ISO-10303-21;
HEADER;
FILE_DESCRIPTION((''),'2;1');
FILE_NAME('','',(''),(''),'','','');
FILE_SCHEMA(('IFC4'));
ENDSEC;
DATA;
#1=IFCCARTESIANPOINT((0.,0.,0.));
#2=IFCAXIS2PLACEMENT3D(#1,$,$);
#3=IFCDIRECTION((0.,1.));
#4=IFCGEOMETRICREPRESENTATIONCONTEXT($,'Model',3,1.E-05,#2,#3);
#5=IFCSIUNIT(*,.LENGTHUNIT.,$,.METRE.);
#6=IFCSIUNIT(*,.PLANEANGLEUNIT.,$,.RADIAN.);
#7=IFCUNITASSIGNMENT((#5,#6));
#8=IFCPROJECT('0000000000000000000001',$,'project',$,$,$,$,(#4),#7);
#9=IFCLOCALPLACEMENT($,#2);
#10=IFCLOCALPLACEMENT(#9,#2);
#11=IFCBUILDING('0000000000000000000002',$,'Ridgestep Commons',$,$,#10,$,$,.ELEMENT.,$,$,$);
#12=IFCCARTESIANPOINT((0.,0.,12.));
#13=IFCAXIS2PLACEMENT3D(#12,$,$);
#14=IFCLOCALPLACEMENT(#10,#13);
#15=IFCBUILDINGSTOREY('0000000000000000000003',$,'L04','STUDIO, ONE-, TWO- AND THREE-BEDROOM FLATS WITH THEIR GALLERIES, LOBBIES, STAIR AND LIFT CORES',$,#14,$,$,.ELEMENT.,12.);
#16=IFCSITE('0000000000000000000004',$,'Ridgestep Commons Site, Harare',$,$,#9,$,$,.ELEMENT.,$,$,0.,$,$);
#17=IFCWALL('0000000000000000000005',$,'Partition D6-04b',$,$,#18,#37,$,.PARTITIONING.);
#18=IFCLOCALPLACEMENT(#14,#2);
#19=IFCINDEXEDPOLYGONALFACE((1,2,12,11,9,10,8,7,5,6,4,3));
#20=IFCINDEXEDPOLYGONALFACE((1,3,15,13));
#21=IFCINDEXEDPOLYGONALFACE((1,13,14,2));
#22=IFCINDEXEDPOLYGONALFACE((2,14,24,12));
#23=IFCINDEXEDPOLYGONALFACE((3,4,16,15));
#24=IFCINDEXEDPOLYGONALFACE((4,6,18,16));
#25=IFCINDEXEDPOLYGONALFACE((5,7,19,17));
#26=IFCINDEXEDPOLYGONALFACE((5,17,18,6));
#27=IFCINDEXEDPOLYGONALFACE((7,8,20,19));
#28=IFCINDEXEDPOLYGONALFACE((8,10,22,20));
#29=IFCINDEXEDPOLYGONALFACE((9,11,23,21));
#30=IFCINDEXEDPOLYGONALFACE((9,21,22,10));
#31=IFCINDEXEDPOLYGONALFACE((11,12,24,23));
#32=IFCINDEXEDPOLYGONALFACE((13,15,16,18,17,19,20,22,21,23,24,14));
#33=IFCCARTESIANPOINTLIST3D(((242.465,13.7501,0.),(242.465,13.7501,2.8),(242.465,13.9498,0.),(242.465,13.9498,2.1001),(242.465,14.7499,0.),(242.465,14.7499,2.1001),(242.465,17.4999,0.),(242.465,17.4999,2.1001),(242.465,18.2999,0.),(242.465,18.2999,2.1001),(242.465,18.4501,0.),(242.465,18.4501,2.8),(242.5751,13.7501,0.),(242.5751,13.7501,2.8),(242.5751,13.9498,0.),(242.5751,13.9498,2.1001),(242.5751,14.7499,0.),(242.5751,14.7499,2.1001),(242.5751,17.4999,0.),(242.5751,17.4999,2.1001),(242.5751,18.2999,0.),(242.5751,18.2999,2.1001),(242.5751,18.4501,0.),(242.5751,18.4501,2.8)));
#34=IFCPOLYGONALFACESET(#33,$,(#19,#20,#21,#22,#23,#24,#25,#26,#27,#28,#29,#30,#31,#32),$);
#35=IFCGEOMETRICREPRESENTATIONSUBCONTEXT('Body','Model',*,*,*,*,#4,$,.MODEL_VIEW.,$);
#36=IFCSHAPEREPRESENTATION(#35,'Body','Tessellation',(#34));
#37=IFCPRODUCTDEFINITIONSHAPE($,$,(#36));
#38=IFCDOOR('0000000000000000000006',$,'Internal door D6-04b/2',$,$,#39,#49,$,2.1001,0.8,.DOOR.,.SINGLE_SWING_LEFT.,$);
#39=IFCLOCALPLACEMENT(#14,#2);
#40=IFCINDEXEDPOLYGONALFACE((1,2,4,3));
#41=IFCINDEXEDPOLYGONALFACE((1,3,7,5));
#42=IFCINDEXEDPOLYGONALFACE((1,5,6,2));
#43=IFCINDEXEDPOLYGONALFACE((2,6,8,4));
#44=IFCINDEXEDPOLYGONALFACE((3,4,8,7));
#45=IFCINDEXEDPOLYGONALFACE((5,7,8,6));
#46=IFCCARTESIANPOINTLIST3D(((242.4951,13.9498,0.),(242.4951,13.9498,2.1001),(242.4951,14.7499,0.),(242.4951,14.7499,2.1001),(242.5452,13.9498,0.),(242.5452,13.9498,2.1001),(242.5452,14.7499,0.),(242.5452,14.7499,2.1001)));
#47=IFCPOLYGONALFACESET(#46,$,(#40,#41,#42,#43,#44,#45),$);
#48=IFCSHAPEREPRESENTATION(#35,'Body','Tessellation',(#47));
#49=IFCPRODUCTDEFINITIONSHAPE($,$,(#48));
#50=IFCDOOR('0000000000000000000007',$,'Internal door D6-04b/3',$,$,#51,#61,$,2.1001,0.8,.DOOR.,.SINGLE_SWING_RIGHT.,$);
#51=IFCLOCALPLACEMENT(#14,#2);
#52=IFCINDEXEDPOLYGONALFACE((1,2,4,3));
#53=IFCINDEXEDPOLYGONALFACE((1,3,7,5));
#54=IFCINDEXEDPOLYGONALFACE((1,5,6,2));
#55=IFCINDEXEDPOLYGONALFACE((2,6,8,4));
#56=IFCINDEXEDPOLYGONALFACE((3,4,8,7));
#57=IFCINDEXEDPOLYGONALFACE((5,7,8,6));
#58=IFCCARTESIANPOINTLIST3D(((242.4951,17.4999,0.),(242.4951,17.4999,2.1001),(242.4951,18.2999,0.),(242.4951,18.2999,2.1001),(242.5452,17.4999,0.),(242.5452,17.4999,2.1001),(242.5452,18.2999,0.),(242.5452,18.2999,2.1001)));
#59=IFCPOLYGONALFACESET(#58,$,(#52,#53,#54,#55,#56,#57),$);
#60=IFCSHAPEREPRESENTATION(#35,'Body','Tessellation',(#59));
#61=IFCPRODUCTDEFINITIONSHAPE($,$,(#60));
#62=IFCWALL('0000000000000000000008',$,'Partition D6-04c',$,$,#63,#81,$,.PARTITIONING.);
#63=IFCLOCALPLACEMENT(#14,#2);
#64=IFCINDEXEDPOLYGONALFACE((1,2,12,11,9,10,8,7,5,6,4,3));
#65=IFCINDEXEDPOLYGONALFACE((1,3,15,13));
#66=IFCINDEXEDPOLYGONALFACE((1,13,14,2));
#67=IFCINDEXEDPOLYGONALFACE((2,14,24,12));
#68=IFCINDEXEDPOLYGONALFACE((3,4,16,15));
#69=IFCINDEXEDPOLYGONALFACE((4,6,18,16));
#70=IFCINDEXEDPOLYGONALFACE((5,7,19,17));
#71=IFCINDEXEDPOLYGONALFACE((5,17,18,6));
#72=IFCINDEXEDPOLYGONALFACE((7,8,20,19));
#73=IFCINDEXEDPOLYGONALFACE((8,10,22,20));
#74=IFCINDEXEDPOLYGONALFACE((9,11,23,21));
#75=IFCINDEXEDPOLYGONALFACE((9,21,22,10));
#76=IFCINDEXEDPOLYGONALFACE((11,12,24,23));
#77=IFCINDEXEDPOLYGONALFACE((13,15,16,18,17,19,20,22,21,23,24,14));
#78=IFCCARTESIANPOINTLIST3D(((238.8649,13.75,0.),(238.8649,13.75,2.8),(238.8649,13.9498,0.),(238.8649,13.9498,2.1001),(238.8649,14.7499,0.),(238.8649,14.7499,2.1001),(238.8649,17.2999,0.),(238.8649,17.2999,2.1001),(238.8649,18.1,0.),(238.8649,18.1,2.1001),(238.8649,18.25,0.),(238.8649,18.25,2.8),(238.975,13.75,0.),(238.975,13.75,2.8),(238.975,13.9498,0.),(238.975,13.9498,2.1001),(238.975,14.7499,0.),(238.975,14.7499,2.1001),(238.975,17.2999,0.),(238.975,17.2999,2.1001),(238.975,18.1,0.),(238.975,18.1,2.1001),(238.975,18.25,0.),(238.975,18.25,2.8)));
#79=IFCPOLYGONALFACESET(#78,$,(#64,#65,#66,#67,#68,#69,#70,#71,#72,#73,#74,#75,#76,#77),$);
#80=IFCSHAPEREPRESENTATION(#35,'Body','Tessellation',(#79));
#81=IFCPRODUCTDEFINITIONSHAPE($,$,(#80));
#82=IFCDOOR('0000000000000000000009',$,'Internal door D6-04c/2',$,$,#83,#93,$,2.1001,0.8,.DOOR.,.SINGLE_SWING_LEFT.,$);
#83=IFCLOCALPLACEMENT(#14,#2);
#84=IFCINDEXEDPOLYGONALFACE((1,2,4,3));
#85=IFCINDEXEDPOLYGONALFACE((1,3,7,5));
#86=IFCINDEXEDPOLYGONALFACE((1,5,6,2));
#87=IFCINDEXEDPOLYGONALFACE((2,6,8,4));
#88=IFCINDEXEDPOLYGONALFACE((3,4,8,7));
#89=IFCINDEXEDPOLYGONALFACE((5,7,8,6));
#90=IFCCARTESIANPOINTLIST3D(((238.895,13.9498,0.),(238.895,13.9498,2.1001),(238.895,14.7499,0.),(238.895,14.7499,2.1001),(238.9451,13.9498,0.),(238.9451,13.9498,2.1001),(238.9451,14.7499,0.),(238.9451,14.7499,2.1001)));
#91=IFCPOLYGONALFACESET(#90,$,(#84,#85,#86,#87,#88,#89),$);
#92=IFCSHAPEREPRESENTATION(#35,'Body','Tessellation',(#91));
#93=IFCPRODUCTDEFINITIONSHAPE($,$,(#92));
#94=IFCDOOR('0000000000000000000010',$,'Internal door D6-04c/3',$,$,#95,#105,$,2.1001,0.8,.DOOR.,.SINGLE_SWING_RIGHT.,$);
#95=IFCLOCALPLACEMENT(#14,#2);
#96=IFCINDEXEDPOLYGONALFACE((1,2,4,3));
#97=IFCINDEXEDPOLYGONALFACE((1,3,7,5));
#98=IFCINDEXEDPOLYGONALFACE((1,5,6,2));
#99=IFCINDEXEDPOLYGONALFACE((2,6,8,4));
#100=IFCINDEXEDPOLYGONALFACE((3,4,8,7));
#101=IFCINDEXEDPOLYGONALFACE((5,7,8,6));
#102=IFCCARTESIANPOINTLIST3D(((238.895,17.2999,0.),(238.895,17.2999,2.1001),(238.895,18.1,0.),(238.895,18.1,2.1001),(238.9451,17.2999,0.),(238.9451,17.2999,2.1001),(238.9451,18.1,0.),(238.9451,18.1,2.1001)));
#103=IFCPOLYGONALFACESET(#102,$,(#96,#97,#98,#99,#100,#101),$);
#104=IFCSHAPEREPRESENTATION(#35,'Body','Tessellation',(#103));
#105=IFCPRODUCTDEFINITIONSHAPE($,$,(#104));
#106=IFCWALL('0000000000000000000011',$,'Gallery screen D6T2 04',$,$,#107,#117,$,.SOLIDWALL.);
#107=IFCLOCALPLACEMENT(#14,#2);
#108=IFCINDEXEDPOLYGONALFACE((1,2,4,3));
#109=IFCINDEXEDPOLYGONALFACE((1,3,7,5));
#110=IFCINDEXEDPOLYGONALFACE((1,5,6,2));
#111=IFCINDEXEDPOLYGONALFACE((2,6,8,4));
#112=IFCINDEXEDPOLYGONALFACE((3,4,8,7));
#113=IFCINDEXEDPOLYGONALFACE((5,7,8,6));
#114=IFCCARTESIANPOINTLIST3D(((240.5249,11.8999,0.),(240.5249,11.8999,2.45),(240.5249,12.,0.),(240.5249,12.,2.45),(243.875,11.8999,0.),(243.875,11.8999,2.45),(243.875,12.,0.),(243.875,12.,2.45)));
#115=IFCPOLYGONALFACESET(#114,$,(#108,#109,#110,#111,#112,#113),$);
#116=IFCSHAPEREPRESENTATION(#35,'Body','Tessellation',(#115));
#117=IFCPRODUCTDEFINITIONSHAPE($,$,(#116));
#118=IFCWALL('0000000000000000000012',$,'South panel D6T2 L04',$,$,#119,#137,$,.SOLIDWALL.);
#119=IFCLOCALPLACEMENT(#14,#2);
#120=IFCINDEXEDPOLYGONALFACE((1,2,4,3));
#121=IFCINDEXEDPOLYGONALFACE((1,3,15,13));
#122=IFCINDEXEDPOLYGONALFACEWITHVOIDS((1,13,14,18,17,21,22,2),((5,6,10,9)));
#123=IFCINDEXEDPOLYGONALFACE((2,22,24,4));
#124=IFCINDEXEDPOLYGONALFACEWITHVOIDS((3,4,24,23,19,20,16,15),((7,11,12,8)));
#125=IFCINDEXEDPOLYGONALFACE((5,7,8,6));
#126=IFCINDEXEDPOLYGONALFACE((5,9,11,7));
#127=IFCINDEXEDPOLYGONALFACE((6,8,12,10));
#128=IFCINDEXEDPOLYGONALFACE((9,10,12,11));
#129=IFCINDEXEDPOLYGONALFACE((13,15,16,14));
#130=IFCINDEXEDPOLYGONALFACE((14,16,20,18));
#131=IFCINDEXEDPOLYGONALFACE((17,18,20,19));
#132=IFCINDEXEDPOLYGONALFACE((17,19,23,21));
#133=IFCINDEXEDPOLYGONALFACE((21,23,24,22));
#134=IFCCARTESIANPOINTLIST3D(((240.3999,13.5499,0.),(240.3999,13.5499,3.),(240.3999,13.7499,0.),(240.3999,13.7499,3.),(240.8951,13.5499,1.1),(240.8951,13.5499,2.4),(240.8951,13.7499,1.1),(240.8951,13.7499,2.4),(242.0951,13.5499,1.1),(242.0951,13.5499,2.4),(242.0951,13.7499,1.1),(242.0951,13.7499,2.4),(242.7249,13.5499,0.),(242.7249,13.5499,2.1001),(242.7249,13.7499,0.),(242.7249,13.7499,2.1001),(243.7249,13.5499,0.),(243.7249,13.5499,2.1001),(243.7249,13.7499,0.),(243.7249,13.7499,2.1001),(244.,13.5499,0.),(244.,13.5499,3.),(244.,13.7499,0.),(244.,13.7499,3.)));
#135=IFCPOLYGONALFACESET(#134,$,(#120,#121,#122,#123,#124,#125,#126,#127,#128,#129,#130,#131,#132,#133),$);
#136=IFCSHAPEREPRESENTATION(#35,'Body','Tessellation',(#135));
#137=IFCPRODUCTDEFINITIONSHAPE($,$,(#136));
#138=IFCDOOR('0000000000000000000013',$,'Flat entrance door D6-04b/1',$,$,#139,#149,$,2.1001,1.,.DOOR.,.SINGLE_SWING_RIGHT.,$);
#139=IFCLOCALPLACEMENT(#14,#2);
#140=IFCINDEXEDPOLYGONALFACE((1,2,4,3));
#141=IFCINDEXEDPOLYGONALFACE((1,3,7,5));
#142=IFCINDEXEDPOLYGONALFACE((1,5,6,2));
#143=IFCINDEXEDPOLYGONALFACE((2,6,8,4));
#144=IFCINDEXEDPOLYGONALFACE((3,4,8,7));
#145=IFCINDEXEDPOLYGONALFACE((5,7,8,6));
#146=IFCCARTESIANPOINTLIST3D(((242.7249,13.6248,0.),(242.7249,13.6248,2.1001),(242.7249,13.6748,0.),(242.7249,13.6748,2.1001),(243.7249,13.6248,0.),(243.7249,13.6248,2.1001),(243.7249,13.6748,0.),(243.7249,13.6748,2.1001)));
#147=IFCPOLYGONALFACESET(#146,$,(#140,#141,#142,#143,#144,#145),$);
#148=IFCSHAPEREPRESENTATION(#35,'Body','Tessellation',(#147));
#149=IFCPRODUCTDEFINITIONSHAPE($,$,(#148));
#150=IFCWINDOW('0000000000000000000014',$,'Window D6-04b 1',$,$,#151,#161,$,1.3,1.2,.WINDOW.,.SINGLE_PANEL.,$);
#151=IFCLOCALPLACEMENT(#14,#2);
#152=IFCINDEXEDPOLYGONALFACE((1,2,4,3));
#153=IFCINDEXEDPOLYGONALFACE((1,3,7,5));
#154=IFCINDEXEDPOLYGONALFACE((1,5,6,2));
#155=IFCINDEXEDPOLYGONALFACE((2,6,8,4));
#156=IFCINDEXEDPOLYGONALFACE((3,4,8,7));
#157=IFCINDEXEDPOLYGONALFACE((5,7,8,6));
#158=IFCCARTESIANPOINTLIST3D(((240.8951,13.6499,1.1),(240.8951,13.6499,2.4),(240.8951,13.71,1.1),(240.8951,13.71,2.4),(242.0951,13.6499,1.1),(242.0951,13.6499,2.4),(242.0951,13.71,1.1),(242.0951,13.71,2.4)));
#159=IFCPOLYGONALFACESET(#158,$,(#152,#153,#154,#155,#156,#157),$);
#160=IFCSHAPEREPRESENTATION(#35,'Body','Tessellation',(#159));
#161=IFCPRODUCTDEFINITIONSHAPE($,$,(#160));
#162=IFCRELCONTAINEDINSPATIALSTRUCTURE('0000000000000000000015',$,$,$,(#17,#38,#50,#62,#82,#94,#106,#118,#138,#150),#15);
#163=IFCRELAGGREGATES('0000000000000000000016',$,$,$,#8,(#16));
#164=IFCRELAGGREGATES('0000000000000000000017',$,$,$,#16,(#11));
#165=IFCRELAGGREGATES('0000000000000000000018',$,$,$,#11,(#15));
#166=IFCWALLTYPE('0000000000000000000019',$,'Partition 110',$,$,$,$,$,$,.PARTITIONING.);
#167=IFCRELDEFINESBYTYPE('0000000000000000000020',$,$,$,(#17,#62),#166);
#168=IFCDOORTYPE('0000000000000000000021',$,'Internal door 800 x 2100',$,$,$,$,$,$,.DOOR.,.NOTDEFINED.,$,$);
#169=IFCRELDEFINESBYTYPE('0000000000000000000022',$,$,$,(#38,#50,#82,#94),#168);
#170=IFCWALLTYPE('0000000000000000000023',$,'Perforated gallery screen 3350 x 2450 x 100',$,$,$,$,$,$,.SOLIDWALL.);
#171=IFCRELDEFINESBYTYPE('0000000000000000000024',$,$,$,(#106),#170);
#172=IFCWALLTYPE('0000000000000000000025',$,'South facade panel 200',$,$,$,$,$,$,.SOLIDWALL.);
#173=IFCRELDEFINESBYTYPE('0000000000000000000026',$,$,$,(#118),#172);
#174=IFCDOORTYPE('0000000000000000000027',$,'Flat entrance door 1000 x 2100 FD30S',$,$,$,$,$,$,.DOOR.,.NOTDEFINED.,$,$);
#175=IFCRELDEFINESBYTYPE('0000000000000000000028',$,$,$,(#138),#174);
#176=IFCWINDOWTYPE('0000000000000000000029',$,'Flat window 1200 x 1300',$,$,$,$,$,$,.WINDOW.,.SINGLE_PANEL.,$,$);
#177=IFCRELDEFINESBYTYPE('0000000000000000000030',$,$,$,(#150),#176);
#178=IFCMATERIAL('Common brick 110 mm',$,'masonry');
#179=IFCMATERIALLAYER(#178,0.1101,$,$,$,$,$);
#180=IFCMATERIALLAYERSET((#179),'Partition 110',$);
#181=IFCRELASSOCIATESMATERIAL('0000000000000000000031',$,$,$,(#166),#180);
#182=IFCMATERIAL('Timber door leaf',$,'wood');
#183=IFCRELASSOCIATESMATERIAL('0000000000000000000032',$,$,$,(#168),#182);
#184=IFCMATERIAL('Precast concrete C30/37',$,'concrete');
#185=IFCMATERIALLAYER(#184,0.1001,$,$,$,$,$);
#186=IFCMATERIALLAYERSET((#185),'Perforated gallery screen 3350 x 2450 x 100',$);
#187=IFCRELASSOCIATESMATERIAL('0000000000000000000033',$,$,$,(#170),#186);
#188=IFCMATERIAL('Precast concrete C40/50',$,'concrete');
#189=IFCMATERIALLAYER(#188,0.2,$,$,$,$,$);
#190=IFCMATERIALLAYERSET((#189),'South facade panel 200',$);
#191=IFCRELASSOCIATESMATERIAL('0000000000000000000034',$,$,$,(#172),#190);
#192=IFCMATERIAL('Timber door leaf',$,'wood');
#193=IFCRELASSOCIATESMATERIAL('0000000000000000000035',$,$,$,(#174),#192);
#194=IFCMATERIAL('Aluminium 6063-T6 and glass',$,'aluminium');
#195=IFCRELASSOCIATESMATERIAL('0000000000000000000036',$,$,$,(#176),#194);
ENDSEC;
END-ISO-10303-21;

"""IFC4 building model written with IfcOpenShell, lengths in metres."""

from ifc_helpers import new_model, si_unit, direction, frame, frame_2d, origin, place, context, subcontext, project, spatial, rectangle, extrude, material, layer, layer_set, type_object, element, fill, save


model = new_model("IFC4")

# Units and contexts
model_context = context("Model", 3, precision=1e-05, world=origin(), true_north=direction((0.0, 1.0)))
body_context = subcontext(model_context, "Body", "Model", "MODEL_VIEW")
ifc_project = project(units=[si_unit("LENGTHUNIT", "METRE"), si_unit("PLANEANGLEUNIT", "RADIAN")], contexts=[model_context])

# Site, building, storey
site_placement = place(None, origin())
site = spatial("IfcSite", under=ifc_project, at=site_placement, Name="Ridgestep Commons Site, Harare", CompositionType="ELEMENT", RefElevation=0.0)
building_placement = place(site_placement, origin())
building = spatial("IfcBuilding", under=site, at=building_placement, Name="Ridgestep Commons", CompositionType="ELEMENT")
storey_placement = place(building_placement, frame((0.0, 0.0, 12.0)))
storey = spatial("IfcBuildingStorey", under=building, at=storey_placement, Name="L04", Description="STUDIO, ONE-, TWO- AND THREE-BEDROOM FLATS WITH THEIR GALLERIES, LOBBIES, STAIR AND LIFT CORES", CompositionType="ELEMENT", Elevation=12.0)

# Walls, openings, doors
ifc_material_1 = material(Name="Common brick 110 mm", Category="masonry")
ifc_layer_1 = layer(ifc_material_1, 0.1101)
ifc_layer_set_1 = layer_set([ifc_layer_1], Name="Partition 110")
wall_type_1 = type_object("IfcWallType", Name="Partition 110", PredefinedType="PARTITIONING", material=ifc_layer_set_1)
ifc_material_2 = material(Name="Timber door leaf", Category="wood")
door_type_1 = type_object("IfcDoorType", Name="Internal door 800 x 2100", OperationType="NOTDEFINED", PredefinedType="DOOR", material=ifc_material_2)
wall_1_placement = place(storey_placement, frame((242.52, 13.75, 0.0), z_axis=(0.0, 0.0, 1.0), x_axis=(0.0, 1.0, 0.0)))
wall_1 = element("IfcWall", 1, at=wall_1_placement, inside=storey, type_object=wall_type_1, Name="Partition D6-04b", PredefinedType="PARTITIONING", context=body_context, shape_type="SweptSolid", body=[
    extrude(rectangle(XDim=4.7, YDim=0.1101, at=frame_2d((2.3501, 0.0))), origin(), (0.0, 0.0, 1.0), 2.8),
])
opening_1_placement = place(wall_1_placement, frame((0.2, 0.0, 0.0)))
opening_1 = element("IfcOpeningElement", 2, at=opening_1_placement, cuts=wall_1, PredefinedType="OPENING", context=body_context, shape_type="SweptSolid", body=[
    extrude(rectangle(XDim=0.8, YDim=2.1001, at=frame_2d((0.3999, 1.05))), frame((0.0, 0.0649, 0.0), z_axis=(0.0, -1.0, 0.0), x_axis=(1.0, 0.0, 0.0)), (0.0, 0.0, 1.0), 0.1301),
])
opening_2_placement = place(wall_1_placement, frame((3.75, 0.0, 0.0)))
opening_2 = element("IfcOpeningElement", 3, at=opening_2_placement, cuts=wall_1, PredefinedType="OPENING", context=body_context, shape_type="SweptSolid", body=[
    extrude(rectangle(XDim=0.8, YDim=2.1001, at=frame_2d((0.3999, 1.05))), frame((0.0, 0.0649, 0.0), z_axis=(0.0, -1.0, 0.0), x_axis=(1.0, 0.0, 0.0)), (0.0, 0.0, 1.0), 0.1301),
])
door_1_placement = place(opening_1_placement, origin())
door_1 = element("IfcDoor", 4, at=door_1_placement, inside=storey, type_object=door_type_1, Name="Internal door D6-04b/2", OperationType="SINGLE_SWING_LEFT", OverallHeight=2.1001, OverallWidth=0.8, PredefinedType="DOOR", context=body_context, shape_type="SweptSolid", body=[
    extrude(rectangle(XDim=0.8, YDim=2.1001, at=frame_2d((0.3999, 1.05))), frame((0.0, 0.0249, 0.0), z_axis=(0.0, -1.0, 0.0), x_axis=(1.0, 0.0, 0.0)), (0.0, 0.0, 1.0), 0.05),
])
fill(opening_1, door_1)
door_2_placement = place(opening_2_placement, origin())
door_2 = element("IfcDoor", 5, at=door_2_placement, inside=storey, type_object=door_type_1, Name="Internal door D6-04b/3", OperationType="SINGLE_SWING_RIGHT", OverallHeight=2.1001, OverallWidth=0.8, PredefinedType="DOOR", context=body_context, shape_type="SweptSolid", body=[
    extrude(rectangle(XDim=0.8, YDim=2.1001, at=frame_2d((0.3999, 1.05))), frame((0.0, 0.0249, 0.0), z_axis=(0.0, -1.0, 0.0), x_axis=(1.0, 0.0, 0.0)), (0.0, 0.0, 1.0), 0.05),
])
fill(opening_2, door_2)
wall_2_placement = place(storey_placement, frame((238.9199, 13.75, 0.0), z_axis=(0.0, 0.0, 1.0), x_axis=(0.0, 1.0, 0.0)))
wall_2 = element("IfcWall", 6, at=wall_2_placement, inside=storey, type_object=wall_type_1, Name="Partition D6-04c", PredefinedType="PARTITIONING", context=body_context, shape_type="SweptSolid", body=[
    extrude(rectangle(XDim=4.5, YDim=0.1101, at=frame_2d((2.25, 0.0))), origin(), (0.0, 0.0, 1.0), 2.8),
])
opening_3_placement = place(wall_2_placement, frame((0.2, 0.0, 0.0)))
opening_3 = element("IfcOpeningElement", 7, at=opening_3_placement, cuts=wall_2, PredefinedType="OPENING", context=body_context, shape_type="SweptSolid", body=[
    extrude(rectangle(XDim=0.8, YDim=2.1001, at=frame_2d((0.3999, 1.05))), frame((0.0, 0.0649, 0.0), z_axis=(0.0, -1.0, 0.0), x_axis=(1.0, 0.0, 0.0)), (0.0, 0.0, 1.0), 0.1301),
])
opening_4_placement = place(wall_2_placement, frame((3.55, 0.0, 0.0)))
opening_4 = element("IfcOpeningElement", 8, at=opening_4_placement, cuts=wall_2, PredefinedType="OPENING", context=body_context, shape_type="SweptSolid", body=[
    extrude(rectangle(XDim=0.8, YDim=2.1001, at=frame_2d((0.3999, 1.05))), frame((0.0, 0.0649, 0.0), z_axis=(0.0, -1.0, 0.0), x_axis=(1.0, 0.0, 0.0)), (0.0, 0.0, 1.0), 0.1301),
])
door_3_placement = place(opening_3_placement, origin())
door_3 = element("IfcDoor", 9, at=door_3_placement, inside=storey, type_object=door_type_1, Name="Internal door D6-04c/2", OperationType="SINGLE_SWING_LEFT", OverallHeight=2.1001, OverallWidth=0.8, PredefinedType="DOOR", context=body_context, shape_type="SweptSolid", body=[
    extrude(rectangle(XDim=0.8, YDim=2.1001, at=frame_2d((0.3999, 1.05))), frame((0.0, 0.0249, 0.0), z_axis=(0.0, -1.0, 0.0), x_axis=(1.0, 0.0, 0.0)), (0.0, 0.0, 1.0), 0.05),
])
fill(opening_3, door_3)
door_4_placement = place(opening_4_placement, origin())
door_4 = element("IfcDoor", 10, at=door_4_placement, inside=storey, type_object=door_type_1, Name="Internal door D6-04c/3", OperationType="SINGLE_SWING_RIGHT", OverallHeight=2.1001, OverallWidth=0.8, PredefinedType="DOOR", context=body_context, shape_type="SweptSolid", body=[
    extrude(rectangle(XDim=0.8, YDim=2.1001, at=frame_2d((0.3999, 1.05))), frame((0.0, 0.0249, 0.0), z_axis=(0.0, -1.0, 0.0), x_axis=(1.0, 0.0, 0.0)), (0.0, 0.0, 1.0), 0.05),
])
fill(opening_4, door_4)

# Wall
ifc_material_3 = material(Name="Precast concrete C30/37", Category="concrete")
ifc_layer_2 = layer(ifc_material_3, 0.1001)
ifc_layer_set_2 = layer_set([ifc_layer_2], Name="Perforated gallery screen 3350 x 2450 x 100")
wall_type_2 = type_object("IfcWallType", Name="Perforated gallery screen 3350 x 2450 x 100", PredefinedType="SOLIDWALL", material=ifc_layer_set_2)
wall_3_placement = place(storey_placement, frame((240.5249, 11.95, 0.0), z_axis=(0.0, 0.0, 1.0), x_axis=(1.0, 0.0, 0.0)))
element("IfcWall", 11, at=wall_3_placement, inside=storey, type_object=wall_type_2, Name="Gallery screen D6T2 04", PredefinedType="SOLIDWALL", context=body_context, shape_type="SweptSolid", body=[
    extrude(rectangle(XDim=3.3501, YDim=0.1001, at=frame_2d((1.675, 0.0))), origin(), (0.0, 0.0, 1.0), 2.45),
])

# Wall, openings, door, window
ifc_material_4 = material(Name="Precast concrete C40/50", Category="concrete")
ifc_layer_3 = layer(ifc_material_4, 0.2)
ifc_layer_set_3 = layer_set([ifc_layer_3], Name="South facade panel 200")
wall_type_3 = type_object("IfcWallType", Name="South facade panel 200", PredefinedType="SOLIDWALL", material=ifc_layer_set_3)
wall_4_placement = place(storey_placement, frame((240.3999, 13.6499, 0.0), z_axis=(0.0, 0.0, 1.0), x_axis=(1.0, 0.0, 0.0)))
wall_4 = element("IfcWall", 12, at=wall_4_placement, inside=storey, type_object=wall_type_3, Name="South panel D6T2 L04", PredefinedType="SOLIDWALL", context=body_context, shape_type="SweptSolid", body=[
    extrude(rectangle(XDim=3.6001, YDim=0.2, at=frame_2d((1.8, 0.0))), origin(), (0.0, 0.0, 1.0), 3.0),
])
opening_5_placement = place(wall_4_placement, frame((0.4951, 0.0, 1.1001)))
opening_5 = element("IfcOpeningElement", 13, at=opening_5_placement, cuts=wall_4, PredefinedType="OPENING", context=body_context, shape_type="SweptSolid", body=[
    extrude(rectangle(XDim=1.2, YDim=1.3, at=frame_2d((0.6001, 0.6499))), frame((0.0, 0.1099, 0.0), z_axis=(0.0, -1.0, 0.0), x_axis=(1.0, 0.0, 0.0)), (0.0, 0.0, 1.0), 0.22),
])
opening_6_placement = place(wall_4_placement, frame((2.325, 0.0, 0.0)))
opening_6 = element("IfcOpeningElement", 14, at=opening_6_placement, cuts=wall_4, PredefinedType="OPENING", context=body_context, shape_type="SweptSolid", body=[
    extrude(rectangle(XDim=1.0, YDim=2.1001, at=frame_2d((0.5, 1.05))), frame((0.0, 0.1099, 0.0), z_axis=(0.0, -1.0, 0.0), x_axis=(1.0, 0.0, 0.0)), (0.0, 0.0, 1.0), 0.22),
])
ifc_material_5 = material(Name="Timber door leaf", Category="wood")
door_type_2 = type_object("IfcDoorType", Name="Flat entrance door 1000 x 2100 FD30S", OperationType="NOTDEFINED", PredefinedType="DOOR", material=ifc_material_5)
door_5_placement = place(opening_6_placement, origin())
door_5 = element("IfcDoor", 15, at=door_5_placement, inside=storey, type_object=door_type_2, Name="Flat entrance door D6-04b/1", OperationType="SINGLE_SWING_RIGHT", OverallHeight=2.1001, OverallWidth=1.0, PredefinedType="DOOR", context=body_context, shape_type="SweptSolid", body=[
    extrude(rectangle(XDim=1.0, YDim=2.1001, at=frame_2d((0.5, 1.05))), frame((0.0, 0.0249, 0.0), z_axis=(0.0, -1.0, 0.0), x_axis=(1.0, 0.0, 0.0)), (0.0, 0.0, 1.0), 0.05),
])
fill(opening_6, door_5)
ifc_material_6 = material(Name="Aluminium 6063-T6 and glass", Category="aluminium")
window_type_1 = type_object("IfcWindowType", Name="Flat window 1200 x 1300", PartitioningType="SINGLE_PANEL", PredefinedType="WINDOW", material=ifc_material_6)
window_1_placement = place(opening_5_placement, origin())
window_1 = element("IfcWindow", 16, at=window_1_placement, inside=storey, type_object=window_type_1, Name="Window D6-04b 1", OverallHeight=1.3, OverallWidth=1.2, PartitioningType="SINGLE_PANEL", PredefinedType="WINDOW", context=body_context, shape_type="SweptSolid", body=[
    extrude(rectangle(XDim=1.2, YDim=1.3, at=frame_2d((0.6001, 0.6499))), frame((0.0, 0.0601, 0.0), z_axis=(0.0, -1.0, 0.0), x_axis=(1.0, 0.0, 0.0)), (0.0, 0.0, 1.0), 0.0601),
])
fill(opening_5, window_1)

save(model, "model.ifc")
